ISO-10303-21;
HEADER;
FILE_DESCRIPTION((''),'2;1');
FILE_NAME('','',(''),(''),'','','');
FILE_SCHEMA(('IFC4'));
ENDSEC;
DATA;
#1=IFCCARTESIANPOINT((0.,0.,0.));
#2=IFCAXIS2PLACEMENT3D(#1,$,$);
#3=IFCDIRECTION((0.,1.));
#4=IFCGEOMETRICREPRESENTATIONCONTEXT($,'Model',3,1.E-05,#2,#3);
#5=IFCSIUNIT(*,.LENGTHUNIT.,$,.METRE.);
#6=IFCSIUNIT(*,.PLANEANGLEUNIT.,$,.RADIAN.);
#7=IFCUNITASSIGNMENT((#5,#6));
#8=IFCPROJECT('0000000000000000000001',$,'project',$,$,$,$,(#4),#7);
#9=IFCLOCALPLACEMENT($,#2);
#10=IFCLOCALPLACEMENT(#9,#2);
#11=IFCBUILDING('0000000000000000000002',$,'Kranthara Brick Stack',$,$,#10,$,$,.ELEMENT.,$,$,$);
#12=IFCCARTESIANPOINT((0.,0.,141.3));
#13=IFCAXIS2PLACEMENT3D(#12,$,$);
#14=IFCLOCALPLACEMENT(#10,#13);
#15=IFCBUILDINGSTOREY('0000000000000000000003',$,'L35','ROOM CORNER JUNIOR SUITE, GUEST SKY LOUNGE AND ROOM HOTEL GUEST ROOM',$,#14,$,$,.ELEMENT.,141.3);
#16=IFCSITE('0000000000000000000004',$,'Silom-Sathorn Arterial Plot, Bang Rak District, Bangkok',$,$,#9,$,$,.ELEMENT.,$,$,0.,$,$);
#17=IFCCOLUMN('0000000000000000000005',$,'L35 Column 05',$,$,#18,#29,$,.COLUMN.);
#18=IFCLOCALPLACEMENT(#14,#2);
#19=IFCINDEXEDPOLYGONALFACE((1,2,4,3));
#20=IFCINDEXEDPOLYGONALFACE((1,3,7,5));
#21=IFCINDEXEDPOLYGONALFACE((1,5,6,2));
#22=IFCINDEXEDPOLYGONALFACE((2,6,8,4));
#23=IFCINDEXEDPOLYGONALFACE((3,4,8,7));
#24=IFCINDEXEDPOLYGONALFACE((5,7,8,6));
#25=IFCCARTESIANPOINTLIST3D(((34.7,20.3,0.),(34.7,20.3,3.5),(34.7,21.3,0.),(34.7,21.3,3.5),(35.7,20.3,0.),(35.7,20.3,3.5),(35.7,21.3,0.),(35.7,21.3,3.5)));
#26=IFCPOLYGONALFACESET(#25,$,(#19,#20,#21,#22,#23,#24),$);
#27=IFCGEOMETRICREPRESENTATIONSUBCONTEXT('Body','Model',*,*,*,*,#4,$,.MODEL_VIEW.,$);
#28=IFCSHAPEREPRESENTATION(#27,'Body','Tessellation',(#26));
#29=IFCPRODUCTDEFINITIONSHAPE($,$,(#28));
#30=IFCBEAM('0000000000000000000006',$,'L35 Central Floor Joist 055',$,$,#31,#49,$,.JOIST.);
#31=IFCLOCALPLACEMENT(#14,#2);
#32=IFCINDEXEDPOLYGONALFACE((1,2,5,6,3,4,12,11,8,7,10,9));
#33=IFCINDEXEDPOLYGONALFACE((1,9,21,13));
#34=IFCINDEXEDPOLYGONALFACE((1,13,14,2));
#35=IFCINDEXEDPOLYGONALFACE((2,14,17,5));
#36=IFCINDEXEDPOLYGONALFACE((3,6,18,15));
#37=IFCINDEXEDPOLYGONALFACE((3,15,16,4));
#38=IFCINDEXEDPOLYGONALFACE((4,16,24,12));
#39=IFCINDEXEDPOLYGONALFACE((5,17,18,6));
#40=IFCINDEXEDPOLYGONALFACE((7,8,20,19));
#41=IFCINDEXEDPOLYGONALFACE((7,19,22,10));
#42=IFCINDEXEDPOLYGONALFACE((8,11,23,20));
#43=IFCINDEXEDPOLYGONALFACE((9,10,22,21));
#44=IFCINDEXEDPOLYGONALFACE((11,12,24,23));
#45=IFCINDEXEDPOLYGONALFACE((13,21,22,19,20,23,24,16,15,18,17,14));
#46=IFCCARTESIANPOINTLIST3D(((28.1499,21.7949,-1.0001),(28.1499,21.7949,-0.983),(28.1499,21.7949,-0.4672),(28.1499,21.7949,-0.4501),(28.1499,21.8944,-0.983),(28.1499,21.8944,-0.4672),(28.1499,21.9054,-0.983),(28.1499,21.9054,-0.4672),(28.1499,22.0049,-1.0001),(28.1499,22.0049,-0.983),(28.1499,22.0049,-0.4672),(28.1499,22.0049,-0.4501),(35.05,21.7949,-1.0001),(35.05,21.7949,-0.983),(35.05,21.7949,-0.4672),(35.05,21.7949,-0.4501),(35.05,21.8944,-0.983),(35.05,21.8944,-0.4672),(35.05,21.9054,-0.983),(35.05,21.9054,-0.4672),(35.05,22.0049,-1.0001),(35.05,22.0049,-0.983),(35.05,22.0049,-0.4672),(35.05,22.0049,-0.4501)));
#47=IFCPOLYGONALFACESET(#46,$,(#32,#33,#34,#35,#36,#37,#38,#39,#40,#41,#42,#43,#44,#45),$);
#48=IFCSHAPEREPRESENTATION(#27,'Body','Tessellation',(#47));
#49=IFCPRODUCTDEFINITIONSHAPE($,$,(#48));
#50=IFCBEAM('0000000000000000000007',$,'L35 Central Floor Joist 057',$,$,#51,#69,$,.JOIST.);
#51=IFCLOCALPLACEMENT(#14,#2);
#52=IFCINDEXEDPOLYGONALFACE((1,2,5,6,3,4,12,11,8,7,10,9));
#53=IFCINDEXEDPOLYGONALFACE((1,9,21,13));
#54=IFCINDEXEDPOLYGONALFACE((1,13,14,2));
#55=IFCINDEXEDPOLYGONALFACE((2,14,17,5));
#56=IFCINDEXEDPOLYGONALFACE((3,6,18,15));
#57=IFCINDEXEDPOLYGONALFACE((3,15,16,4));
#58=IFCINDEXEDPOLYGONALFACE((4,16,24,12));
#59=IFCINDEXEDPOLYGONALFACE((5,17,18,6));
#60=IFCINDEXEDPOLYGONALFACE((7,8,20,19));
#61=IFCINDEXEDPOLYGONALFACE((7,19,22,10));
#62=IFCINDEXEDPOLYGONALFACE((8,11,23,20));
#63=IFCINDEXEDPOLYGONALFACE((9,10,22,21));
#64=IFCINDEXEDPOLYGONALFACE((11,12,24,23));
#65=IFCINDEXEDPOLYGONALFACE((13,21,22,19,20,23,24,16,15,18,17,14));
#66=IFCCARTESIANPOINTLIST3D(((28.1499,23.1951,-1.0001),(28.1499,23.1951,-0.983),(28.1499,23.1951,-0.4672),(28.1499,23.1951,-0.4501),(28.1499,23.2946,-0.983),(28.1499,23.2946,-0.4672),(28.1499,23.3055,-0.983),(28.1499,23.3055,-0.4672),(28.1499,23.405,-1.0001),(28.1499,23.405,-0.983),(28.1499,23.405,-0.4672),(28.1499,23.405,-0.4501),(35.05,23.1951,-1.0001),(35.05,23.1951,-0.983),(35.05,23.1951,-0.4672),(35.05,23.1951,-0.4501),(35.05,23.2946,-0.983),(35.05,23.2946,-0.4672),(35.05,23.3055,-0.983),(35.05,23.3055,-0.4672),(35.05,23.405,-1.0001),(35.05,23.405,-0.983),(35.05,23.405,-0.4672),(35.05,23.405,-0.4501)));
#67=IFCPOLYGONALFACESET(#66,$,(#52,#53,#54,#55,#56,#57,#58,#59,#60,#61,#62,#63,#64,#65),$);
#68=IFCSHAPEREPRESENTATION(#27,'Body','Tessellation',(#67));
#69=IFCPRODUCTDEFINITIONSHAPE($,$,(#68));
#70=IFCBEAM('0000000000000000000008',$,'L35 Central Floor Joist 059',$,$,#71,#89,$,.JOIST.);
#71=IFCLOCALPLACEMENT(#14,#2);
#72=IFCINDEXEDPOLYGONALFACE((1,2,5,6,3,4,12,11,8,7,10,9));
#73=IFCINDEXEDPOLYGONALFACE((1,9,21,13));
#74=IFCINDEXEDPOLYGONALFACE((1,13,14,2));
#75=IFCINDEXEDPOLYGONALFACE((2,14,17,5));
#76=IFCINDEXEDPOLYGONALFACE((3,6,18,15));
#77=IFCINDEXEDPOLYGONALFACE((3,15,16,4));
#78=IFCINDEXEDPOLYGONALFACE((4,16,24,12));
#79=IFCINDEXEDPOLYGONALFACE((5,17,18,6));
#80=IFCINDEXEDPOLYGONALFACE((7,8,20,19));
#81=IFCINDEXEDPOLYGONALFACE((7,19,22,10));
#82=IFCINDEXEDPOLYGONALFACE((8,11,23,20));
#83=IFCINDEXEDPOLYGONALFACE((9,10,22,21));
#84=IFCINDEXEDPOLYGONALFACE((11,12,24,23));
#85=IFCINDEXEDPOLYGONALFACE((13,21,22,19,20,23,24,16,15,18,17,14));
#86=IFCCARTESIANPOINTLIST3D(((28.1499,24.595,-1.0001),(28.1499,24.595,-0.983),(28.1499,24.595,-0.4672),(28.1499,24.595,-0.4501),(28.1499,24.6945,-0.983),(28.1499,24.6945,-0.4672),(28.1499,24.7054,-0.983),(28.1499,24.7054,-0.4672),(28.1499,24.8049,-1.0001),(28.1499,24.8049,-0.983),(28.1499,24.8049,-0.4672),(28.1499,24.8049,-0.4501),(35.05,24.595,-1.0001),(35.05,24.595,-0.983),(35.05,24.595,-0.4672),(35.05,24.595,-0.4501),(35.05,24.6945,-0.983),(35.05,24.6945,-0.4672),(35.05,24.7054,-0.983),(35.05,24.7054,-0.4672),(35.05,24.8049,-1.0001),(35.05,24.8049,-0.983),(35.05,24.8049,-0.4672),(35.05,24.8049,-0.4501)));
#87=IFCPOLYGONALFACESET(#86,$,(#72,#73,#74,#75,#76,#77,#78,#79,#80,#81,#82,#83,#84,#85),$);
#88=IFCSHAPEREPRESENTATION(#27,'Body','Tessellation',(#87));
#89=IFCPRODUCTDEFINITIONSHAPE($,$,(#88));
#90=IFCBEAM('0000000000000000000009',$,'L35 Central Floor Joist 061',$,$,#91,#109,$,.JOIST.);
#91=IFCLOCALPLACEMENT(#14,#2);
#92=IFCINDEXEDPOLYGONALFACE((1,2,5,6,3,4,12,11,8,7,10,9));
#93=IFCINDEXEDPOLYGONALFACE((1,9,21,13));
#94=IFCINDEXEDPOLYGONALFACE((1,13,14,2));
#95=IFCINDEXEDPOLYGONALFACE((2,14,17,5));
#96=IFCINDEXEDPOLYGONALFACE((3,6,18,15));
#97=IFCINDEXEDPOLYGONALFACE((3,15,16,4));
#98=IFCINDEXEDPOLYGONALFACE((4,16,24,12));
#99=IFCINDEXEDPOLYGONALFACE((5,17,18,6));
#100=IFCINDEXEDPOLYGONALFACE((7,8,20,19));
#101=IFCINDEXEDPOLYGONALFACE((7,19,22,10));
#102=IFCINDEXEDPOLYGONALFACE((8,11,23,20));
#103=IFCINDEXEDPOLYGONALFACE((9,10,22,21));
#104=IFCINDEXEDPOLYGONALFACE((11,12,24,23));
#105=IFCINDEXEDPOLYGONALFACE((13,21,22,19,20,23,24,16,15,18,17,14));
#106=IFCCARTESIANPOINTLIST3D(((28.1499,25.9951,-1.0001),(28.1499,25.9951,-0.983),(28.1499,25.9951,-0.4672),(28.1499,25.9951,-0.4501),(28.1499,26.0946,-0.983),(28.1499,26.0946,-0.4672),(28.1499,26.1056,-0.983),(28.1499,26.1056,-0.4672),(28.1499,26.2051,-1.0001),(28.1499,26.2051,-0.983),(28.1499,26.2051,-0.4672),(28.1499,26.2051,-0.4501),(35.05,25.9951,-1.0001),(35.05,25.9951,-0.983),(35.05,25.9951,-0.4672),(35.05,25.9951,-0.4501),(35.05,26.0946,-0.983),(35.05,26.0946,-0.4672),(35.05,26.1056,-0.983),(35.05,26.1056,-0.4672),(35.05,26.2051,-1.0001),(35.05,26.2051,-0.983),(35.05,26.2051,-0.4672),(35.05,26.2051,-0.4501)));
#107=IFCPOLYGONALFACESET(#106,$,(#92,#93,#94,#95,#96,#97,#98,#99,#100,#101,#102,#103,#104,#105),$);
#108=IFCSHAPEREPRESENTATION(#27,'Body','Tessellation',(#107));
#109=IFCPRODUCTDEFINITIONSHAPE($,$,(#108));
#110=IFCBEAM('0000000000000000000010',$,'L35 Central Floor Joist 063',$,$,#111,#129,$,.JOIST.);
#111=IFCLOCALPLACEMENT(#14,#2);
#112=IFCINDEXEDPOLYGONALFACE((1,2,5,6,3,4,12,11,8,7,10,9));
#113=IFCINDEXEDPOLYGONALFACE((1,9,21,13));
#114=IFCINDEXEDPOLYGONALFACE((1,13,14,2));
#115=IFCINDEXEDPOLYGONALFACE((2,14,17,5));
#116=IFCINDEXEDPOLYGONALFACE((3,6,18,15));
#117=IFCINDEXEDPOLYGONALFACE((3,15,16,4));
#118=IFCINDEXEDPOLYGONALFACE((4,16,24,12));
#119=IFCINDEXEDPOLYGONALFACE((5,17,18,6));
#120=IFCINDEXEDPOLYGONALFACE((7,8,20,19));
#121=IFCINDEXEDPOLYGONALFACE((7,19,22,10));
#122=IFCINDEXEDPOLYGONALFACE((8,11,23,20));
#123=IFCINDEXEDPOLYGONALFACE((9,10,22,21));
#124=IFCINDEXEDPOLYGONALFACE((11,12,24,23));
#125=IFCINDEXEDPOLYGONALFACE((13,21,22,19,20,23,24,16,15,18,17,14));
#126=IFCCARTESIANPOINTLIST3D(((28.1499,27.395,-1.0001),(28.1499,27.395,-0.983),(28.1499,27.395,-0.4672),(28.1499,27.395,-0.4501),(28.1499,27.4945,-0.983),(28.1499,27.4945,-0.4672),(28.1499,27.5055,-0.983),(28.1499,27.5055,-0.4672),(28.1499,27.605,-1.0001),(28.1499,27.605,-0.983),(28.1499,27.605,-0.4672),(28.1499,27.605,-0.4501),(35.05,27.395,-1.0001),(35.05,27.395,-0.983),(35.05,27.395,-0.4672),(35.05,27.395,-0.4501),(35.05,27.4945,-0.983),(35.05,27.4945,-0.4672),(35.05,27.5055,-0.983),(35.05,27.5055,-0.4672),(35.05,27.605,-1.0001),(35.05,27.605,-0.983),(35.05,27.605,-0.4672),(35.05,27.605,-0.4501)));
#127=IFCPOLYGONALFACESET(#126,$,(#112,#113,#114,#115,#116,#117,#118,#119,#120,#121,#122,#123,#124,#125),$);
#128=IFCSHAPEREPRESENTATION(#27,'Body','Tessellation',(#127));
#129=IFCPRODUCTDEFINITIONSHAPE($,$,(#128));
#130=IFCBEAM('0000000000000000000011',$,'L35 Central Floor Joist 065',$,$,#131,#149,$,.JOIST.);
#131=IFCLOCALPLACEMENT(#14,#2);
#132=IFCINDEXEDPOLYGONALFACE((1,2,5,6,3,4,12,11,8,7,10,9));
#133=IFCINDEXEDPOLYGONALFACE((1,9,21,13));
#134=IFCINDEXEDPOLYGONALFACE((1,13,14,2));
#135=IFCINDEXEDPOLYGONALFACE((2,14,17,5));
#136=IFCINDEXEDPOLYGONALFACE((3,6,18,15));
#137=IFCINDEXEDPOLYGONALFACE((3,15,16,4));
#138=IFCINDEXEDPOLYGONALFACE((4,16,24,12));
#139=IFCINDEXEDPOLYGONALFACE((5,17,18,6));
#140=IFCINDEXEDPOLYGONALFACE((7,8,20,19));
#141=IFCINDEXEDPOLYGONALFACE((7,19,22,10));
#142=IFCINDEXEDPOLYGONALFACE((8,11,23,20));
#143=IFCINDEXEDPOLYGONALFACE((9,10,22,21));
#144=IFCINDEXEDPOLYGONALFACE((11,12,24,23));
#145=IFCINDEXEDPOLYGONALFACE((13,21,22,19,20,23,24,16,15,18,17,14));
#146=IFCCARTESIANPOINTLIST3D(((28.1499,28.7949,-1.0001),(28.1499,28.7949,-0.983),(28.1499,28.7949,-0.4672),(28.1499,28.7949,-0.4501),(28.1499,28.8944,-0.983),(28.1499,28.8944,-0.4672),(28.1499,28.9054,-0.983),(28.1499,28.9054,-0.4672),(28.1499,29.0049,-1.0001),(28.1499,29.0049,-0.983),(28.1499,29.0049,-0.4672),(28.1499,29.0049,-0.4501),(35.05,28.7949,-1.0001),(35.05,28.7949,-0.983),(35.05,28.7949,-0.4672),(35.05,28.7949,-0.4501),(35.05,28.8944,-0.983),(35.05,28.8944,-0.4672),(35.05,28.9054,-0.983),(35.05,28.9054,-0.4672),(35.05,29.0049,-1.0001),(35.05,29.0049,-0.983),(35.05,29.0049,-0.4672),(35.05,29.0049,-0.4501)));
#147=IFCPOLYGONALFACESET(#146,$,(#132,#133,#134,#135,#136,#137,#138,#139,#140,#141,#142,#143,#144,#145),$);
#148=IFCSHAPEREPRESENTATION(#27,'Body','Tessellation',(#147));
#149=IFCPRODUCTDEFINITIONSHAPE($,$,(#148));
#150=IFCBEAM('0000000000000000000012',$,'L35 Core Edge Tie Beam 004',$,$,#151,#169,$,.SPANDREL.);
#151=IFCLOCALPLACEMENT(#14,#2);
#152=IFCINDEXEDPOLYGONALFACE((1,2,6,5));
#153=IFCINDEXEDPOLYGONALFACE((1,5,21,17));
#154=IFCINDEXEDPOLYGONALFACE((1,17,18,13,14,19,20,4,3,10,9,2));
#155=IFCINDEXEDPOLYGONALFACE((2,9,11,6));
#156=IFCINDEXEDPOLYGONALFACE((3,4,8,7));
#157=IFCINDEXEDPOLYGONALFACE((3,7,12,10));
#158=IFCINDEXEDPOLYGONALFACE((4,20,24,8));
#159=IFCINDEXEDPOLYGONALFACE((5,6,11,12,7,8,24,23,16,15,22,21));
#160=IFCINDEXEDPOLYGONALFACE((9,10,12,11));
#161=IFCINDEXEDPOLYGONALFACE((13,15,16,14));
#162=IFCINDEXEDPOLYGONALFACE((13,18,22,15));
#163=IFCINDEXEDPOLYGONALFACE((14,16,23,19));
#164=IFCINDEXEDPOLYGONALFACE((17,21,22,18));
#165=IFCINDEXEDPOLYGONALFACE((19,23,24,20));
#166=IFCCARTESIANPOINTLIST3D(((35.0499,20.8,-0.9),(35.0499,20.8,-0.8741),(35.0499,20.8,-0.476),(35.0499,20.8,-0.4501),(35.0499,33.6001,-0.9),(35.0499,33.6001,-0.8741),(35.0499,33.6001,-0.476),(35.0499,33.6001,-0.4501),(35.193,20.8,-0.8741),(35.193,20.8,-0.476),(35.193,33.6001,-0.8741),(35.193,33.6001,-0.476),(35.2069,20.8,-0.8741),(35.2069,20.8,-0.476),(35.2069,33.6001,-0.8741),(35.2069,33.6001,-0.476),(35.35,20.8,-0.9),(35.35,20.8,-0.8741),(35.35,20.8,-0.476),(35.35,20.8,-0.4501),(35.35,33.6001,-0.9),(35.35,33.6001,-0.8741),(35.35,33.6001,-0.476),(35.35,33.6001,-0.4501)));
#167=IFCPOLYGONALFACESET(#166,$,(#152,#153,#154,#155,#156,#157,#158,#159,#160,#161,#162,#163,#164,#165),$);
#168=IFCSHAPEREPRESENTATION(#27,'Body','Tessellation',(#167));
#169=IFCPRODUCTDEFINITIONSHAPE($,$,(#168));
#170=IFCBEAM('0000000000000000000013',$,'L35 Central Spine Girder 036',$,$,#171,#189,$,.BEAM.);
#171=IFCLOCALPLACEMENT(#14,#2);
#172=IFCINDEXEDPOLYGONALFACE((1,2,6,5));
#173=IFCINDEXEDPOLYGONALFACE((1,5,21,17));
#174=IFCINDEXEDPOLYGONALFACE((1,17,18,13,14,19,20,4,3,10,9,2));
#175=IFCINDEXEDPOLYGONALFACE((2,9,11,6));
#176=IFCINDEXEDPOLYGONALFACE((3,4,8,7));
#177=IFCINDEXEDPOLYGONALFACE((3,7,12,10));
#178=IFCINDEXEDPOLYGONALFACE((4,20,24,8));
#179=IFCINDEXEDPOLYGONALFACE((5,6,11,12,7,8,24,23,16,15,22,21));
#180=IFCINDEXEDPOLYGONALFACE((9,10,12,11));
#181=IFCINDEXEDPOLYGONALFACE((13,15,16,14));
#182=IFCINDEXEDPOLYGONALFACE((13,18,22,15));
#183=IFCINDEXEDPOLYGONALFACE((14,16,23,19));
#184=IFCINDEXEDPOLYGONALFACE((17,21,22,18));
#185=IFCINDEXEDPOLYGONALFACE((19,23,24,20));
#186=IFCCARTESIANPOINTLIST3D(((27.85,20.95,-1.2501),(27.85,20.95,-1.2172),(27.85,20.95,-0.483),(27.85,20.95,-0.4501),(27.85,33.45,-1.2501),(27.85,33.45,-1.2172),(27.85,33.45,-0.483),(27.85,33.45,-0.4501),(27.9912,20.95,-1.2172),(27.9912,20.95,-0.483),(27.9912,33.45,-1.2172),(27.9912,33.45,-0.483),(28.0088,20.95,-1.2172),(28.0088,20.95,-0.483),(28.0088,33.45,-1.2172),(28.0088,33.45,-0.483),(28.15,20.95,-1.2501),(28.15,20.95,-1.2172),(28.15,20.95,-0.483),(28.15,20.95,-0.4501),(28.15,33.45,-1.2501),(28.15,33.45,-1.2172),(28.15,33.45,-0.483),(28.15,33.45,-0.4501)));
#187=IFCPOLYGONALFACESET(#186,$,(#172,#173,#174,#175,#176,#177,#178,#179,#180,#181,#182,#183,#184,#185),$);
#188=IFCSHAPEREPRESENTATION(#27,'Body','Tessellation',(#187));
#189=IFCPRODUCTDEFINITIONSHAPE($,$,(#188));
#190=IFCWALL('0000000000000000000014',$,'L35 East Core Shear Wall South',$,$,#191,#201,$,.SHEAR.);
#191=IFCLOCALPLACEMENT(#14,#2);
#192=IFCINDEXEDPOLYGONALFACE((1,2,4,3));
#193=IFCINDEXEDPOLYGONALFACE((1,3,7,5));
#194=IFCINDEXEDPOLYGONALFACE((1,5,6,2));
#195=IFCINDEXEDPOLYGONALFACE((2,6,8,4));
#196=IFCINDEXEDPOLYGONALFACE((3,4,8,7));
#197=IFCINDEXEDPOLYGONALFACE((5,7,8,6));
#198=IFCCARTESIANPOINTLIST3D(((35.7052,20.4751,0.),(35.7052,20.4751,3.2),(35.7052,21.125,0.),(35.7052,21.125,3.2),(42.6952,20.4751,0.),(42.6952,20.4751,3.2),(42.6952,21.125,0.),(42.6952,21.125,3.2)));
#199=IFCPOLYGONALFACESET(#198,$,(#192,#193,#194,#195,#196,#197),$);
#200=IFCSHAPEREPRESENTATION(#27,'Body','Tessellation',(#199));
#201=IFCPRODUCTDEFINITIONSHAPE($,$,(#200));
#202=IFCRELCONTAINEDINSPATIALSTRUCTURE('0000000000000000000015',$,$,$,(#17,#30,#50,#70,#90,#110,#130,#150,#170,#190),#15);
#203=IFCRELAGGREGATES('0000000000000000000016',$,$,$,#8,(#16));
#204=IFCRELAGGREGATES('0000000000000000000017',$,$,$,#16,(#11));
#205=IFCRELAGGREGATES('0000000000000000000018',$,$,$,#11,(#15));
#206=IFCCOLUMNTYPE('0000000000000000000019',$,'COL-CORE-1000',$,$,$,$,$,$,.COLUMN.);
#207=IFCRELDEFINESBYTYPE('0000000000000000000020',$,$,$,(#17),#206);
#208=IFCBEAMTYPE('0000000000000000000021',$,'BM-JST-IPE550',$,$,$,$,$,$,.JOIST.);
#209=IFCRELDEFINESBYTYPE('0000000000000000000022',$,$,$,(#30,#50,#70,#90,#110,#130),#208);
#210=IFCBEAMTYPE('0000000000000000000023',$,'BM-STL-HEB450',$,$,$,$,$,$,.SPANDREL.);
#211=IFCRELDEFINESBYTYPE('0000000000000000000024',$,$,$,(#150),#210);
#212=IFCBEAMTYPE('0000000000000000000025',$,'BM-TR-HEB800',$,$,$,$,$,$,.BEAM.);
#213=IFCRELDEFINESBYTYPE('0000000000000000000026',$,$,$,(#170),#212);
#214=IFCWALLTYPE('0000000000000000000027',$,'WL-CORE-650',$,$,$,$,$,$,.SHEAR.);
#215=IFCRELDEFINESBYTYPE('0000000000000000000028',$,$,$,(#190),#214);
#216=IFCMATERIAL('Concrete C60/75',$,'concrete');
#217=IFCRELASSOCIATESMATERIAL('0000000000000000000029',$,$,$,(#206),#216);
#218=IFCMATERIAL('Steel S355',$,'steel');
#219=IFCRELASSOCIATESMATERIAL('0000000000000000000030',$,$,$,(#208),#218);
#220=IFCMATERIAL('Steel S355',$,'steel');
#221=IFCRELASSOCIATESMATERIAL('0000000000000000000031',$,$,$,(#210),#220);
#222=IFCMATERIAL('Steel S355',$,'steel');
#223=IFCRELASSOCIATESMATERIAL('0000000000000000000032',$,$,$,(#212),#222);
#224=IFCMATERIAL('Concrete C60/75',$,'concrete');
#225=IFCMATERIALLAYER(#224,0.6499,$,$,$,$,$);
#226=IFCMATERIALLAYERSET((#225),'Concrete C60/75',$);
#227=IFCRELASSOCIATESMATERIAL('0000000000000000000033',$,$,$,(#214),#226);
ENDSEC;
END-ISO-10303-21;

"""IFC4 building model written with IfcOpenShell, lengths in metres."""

from ifc_helpers import new_model, si_unit, direction, frame, frame_2d, origin, origin_2d, place, context, subcontext, project, spatial, rectangle, i_section, extrude, material, layer, layer_set, material_profile, profile_set, type_object, element, save


model = new_model("IFC4")

# Units and contexts
model_context = context("Model", 3, precision=1e-05, world=origin(), true_north=direction((0.0, 1.0)))
body_context = subcontext(model_context, "Body", "Model", "MODEL_VIEW")
ifc_project = project(units=[si_unit("LENGTHUNIT", "METRE"), si_unit("PLANEANGLEUNIT", "RADIAN")], contexts=[model_context])

# Site, building, storey
site_placement = place(None, origin())
site = spatial("IfcSite", under=ifc_project, at=site_placement, Name="Silom-Sathorn Arterial Plot, Bang Rak District, Bangkok", CompositionType="ELEMENT", RefElevation=0.0)
building_placement = place(site_placement, origin())
building = spatial("IfcBuilding", under=site, at=building_placement, Name="Kranthara Brick Stack", CompositionType="ELEMENT")
storey_placement = place(building_placement, frame((0.0, 0.0, 141.3)))
storey = spatial("IfcBuildingStorey", under=building, at=storey_placement, Name="L35", Description="ROOM CORNER JUNIOR SUITE, GUEST SKY LOUNGE AND ROOM HOTEL GUEST ROOM", CompositionType="ELEMENT", Elevation=141.3)

# Column
ifc_material_1 = material(Name="Concrete C60/75", Category="concrete")
ifc_material_profile_1 = material_profile(ifc_material_1, rectangle(XDim=1.0, YDim=1.0, at=origin_2d()), Name="RC 1000x1000")
ifc_profile_set_1 = profile_set([ifc_material_profile_1], Name="Concrete C60/75")
column_type = type_object("IfcColumnType", Name="COL-CORE-1000", PredefinedType="COLUMN", material=ifc_profile_set_1)
column_placement = place(storey_placement, frame((35.2, 20.8, 0.0), z_axis=(0.0, 0.0, 1.0), x_axis=(1.0, 0.0, 0.0)))
element("IfcColumn", 1, at=column_placement, inside=storey, type_object=column_type, Name="L35 Column 05", PredefinedType="COLUMN", context=body_context, shape_type="SweptSolid", body=[
    extrude(rectangle(XDim=1.0, YDim=1.0, at=origin_2d()), origin(), (0.0, 0.0, 1.0), 3.5),
])

# Beams
ifc_material_2 = material(Name="Steel S355", Category="steel")
ifc_material_profile_2 = material_profile(ifc_material_2, i_section(OverallWidth=0.21, OverallDepth=0.55, WebThickness=0.011, FlangeThickness=0.0171, at=origin_2d()), Name="IPE 550")
ifc_profile_set_2 = profile_set([ifc_material_profile_2], Name="Steel S355")
beam_type_1 = type_object("IfcBeamType", Name="BM-JST-IPE550", PredefinedType="JOIST", material=ifc_profile_set_2)
for number, where, z_axis, x_axis, name in (
    (2, (28.1499, 21.8999, -0.7251), (1.0, 0.0, 0.0), (0.0, 1.0, 0.0), "L35 Central Floor Joist 055"),
    (3, (28.1499, 23.3, -0.7251), (1.0, 0.0, 0.0), (0.0, 1.0, 0.0), "L35 Central Floor Joist 057"),
    (4, (28.1499, 24.7, -0.7251), (1.0, 0.0, 0.0), (0.0, 1.0, 0.0), "L35 Central Floor Joist 059"),
    (5, (28.1499, 26.1001, -0.7251), (1.0, 0.0, 0.0), (0.0, 1.0, 0.0), "L35 Central Floor Joist 061"),
    (6, (28.1499, 27.5, -0.7251), (1.0, 0.0, 0.0), (0.0, 1.0, 0.0), "L35 Central Floor Joist 063"),
    (7, (28.1499, 28.8999, -0.7251), (1.0, 0.0, 0.0), (0.0, 1.0, 0.0), "L35 Central Floor Joist 065"),
):
    element("IfcBeam", number, at=place(storey_placement, frame(where, z_axis=z_axis, x_axis=x_axis)), inside=storey, type_object=beam_type_1, Name=name, PredefinedType="JOIST", context=body_context, shape_type="SweptSolid", body=[
        extrude(i_section(OverallWidth=0.21, OverallDepth=0.55, WebThickness=0.011, FlangeThickness=0.0171, at=origin_2d()), origin(), (0.0, 0.0, 1.0), 6.9001),
    ])
ifc_material_3 = material(Name="Steel S355", Category="steel")
ifc_material_profile_3 = material_profile(ifc_material_3, i_section(OverallWidth=0.3, OverallDepth=0.45, WebThickness=0.0139, FlangeThickness=0.0259, at=origin_2d()), Name="HEB 450")
ifc_profile_set_3 = profile_set([ifc_material_profile_3], Name="Steel S355")
beam_type_2 = type_object("IfcBeamType", Name="BM-STL-HEB450", PredefinedType="SPANDREL", material=ifc_profile_set_3)
beam_1_placement = place(storey_placement, frame((35.2, 20.8, -0.675), z_axis=(0.0, 1.0, 0.0), x_axis=(-1.0, 0.0, 0.0)))
element("IfcBeam", 8, at=beam_1_placement, inside=storey, type_object=beam_type_2, Name="L35 Core Edge Tie Beam 004", PredefinedType="SPANDREL", context=body_context, shape_type="SweptSolid", body=[
    extrude(i_section(OverallWidth=0.3, OverallDepth=0.45, WebThickness=0.0139, FlangeThickness=0.0259, at=origin_2d()), origin(), (0.0, 0.0, 1.0), 12.8),
])
ifc_material_4 = material(Name="Steel S355", Category="steel")
ifc_material_profile_4 = material_profile(ifc_material_4, i_section(OverallWidth=0.3, OverallDepth=0.8, WebThickness=0.0176, FlangeThickness=0.033, at=origin_2d()), Name="HEB 800")
ifc_profile_set_4 = profile_set([ifc_material_profile_4], Name="Steel S355")
beam_type_3 = type_object("IfcBeamType", Name="BM-TR-HEB800", PredefinedType="BEAM", material=ifc_profile_set_4)
beam_2_placement = place(storey_placement, frame((28.0, 20.95, -0.8501), z_axis=(0.0, 1.0, 0.0), x_axis=(-1.0, 0.0, 0.0)))
element("IfcBeam", 9, at=beam_2_placement, inside=storey, type_object=beam_type_3, Name="L35 Central Spine Girder 036", PredefinedType="BEAM", context=body_context, shape_type="SweptSolid", body=[
    extrude(i_section(OverallWidth=0.3, OverallDepth=0.8, WebThickness=0.0176, FlangeThickness=0.033, at=origin_2d()), origin(), (0.0, 0.0, 1.0), 12.5),
])

# Wall
ifc_material_5 = material(Name="Concrete C60/75", Category="concrete")
ifc_layer_1 = layer(ifc_material_5, 0.6499)
ifc_layer_set_1 = layer_set([ifc_layer_1], Name="Concrete C60/75")
wall_type_1 = type_object("IfcWallType", Name="WL-CORE-650", PredefinedType="SHEAR", material=ifc_layer_set_1)
wall_1_placement = place(storey_placement, frame((35.7051, 20.8, 0.0), z_axis=(0.0, 0.0, 1.0), x_axis=(1.0, 0.0, 0.0)))
element("IfcWall", 10, at=wall_1_placement, inside=storey, type_object=wall_type_1, Name="L35 East Core Shear Wall South", PredefinedType="SHEAR", context=body_context, shape_type="SweptSolid", body=[
    extrude(rectangle(XDim=6.99, YDim=0.6499, at=frame_2d((3.4951, 0.0))), origin(), (0.0, 0.0, 1.0), 3.2),
])

save(model, "model.ifc")
